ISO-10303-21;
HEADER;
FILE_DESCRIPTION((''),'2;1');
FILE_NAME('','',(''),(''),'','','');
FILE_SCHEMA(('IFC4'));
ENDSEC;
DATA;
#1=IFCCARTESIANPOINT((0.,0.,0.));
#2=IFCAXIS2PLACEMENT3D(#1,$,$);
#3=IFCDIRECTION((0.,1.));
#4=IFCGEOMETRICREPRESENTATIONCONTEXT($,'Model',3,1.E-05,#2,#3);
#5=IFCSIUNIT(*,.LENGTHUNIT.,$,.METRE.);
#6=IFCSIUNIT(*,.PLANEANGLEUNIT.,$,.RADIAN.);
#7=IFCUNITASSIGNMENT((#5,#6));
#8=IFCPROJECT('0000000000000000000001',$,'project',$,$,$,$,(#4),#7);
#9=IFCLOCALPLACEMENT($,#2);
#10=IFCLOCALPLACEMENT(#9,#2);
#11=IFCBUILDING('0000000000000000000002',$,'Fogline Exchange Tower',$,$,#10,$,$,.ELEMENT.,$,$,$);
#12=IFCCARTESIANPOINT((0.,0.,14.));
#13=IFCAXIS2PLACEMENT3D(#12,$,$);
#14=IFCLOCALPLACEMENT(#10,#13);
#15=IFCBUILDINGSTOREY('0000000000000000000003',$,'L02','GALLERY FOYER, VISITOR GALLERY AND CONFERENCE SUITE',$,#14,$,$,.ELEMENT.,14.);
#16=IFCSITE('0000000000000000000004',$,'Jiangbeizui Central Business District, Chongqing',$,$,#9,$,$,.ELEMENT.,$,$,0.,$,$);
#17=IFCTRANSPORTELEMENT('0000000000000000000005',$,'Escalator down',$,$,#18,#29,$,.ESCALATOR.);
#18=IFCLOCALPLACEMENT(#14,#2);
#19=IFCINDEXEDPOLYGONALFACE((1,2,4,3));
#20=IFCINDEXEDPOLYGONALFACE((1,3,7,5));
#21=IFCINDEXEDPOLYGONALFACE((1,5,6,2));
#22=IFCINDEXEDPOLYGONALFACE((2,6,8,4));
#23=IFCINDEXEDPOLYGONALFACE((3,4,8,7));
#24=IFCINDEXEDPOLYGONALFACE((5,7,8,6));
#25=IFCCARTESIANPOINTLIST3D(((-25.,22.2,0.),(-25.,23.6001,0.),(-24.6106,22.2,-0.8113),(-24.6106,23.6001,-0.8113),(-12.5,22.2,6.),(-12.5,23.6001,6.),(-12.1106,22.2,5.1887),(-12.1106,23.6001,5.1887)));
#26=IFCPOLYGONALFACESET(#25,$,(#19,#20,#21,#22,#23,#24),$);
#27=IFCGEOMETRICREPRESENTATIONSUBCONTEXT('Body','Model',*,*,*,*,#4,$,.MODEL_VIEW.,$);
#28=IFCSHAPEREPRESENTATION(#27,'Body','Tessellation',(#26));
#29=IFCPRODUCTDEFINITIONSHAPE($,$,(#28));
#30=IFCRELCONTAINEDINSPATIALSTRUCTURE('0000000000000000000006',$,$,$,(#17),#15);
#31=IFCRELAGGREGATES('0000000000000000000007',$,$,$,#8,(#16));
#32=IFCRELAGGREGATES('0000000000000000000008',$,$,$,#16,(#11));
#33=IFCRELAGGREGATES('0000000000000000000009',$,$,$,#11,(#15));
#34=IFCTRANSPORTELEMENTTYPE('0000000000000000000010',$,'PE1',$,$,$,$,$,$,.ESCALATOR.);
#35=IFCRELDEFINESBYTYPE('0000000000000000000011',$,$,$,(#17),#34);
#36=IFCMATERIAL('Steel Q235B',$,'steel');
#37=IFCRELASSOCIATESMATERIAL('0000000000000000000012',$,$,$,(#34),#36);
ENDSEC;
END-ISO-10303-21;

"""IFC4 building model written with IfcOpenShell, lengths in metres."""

from ifc_helpers import new_model, si_unit, direction, frame, origin, place, context, subcontext, project, spatial, polyline, outline, extrude, material, type_object, element, save


model = new_model("IFC4")

# Units and contexts
model_context = context("Model", 3, precision=1e-05, world=origin(), true_north=direction((0.0, 1.0)))
body_context = subcontext(model_context, "Body", "Model", "MODEL_VIEW")
ifc_project = project(units=[si_unit("LENGTHUNIT", "METRE"), si_unit("PLANEANGLEUNIT", "RADIAN")], contexts=[model_context])

# Site, building, storey
site_placement = place(None, origin())
site = spatial("IfcSite", under=ifc_project, at=site_placement, Name="Jiangbeizui Central Business District, Chongqing", CompositionType="ELEMENT", RefElevation=0.0)
building_placement = place(site_placement, origin())
building = spatial("IfcBuilding", under=site, at=building_placement, Name="Fogline Exchange Tower", CompositionType="ELEMENT")
storey_placement = place(building_placement, frame((0.0, 0.0, 14.0)))
storey = spatial("IfcBuildingStorey", under=building, at=storey_placement, Name="L02", Description="GALLERY FOYER, VISITOR GALLERY AND CONFERENCE SUITE", CompositionType="ELEMENT", Elevation=14.0)

# Shared definitions
ifc_material_1 = material(Name="Steel Q235B", Category="steel")

# Transport element
transport_element_type = type_object("IfcTransportElementType", Name="PE1", PredefinedType="ESCALATOR", material=ifc_material_1)
transport_element_placement = place(storey_placement, frame((-25.0, 22.2, 0.0), z_axis=(-0.432731, 0.0, 0.901523), x_axis=(0.0, 1.0, 0.0)))
element("IfcTransportElement", 1, at=transport_element_placement, inside=storey, type_object=transport_element_type, Name="Escalator down", PredefinedType="ESCALATOR", context=body_context, shape_type="SweptSolid", body=[
    extrude(outline(polyline([(0.0, 0.0), (1.4001, 0.0), (1.4001, -13.8654), (0.0, -13.8654), (0.0, 0.0)])), origin(), (0.0, 0.0, -1.0), 0.8999),
])

save(model, "model.ifc")
